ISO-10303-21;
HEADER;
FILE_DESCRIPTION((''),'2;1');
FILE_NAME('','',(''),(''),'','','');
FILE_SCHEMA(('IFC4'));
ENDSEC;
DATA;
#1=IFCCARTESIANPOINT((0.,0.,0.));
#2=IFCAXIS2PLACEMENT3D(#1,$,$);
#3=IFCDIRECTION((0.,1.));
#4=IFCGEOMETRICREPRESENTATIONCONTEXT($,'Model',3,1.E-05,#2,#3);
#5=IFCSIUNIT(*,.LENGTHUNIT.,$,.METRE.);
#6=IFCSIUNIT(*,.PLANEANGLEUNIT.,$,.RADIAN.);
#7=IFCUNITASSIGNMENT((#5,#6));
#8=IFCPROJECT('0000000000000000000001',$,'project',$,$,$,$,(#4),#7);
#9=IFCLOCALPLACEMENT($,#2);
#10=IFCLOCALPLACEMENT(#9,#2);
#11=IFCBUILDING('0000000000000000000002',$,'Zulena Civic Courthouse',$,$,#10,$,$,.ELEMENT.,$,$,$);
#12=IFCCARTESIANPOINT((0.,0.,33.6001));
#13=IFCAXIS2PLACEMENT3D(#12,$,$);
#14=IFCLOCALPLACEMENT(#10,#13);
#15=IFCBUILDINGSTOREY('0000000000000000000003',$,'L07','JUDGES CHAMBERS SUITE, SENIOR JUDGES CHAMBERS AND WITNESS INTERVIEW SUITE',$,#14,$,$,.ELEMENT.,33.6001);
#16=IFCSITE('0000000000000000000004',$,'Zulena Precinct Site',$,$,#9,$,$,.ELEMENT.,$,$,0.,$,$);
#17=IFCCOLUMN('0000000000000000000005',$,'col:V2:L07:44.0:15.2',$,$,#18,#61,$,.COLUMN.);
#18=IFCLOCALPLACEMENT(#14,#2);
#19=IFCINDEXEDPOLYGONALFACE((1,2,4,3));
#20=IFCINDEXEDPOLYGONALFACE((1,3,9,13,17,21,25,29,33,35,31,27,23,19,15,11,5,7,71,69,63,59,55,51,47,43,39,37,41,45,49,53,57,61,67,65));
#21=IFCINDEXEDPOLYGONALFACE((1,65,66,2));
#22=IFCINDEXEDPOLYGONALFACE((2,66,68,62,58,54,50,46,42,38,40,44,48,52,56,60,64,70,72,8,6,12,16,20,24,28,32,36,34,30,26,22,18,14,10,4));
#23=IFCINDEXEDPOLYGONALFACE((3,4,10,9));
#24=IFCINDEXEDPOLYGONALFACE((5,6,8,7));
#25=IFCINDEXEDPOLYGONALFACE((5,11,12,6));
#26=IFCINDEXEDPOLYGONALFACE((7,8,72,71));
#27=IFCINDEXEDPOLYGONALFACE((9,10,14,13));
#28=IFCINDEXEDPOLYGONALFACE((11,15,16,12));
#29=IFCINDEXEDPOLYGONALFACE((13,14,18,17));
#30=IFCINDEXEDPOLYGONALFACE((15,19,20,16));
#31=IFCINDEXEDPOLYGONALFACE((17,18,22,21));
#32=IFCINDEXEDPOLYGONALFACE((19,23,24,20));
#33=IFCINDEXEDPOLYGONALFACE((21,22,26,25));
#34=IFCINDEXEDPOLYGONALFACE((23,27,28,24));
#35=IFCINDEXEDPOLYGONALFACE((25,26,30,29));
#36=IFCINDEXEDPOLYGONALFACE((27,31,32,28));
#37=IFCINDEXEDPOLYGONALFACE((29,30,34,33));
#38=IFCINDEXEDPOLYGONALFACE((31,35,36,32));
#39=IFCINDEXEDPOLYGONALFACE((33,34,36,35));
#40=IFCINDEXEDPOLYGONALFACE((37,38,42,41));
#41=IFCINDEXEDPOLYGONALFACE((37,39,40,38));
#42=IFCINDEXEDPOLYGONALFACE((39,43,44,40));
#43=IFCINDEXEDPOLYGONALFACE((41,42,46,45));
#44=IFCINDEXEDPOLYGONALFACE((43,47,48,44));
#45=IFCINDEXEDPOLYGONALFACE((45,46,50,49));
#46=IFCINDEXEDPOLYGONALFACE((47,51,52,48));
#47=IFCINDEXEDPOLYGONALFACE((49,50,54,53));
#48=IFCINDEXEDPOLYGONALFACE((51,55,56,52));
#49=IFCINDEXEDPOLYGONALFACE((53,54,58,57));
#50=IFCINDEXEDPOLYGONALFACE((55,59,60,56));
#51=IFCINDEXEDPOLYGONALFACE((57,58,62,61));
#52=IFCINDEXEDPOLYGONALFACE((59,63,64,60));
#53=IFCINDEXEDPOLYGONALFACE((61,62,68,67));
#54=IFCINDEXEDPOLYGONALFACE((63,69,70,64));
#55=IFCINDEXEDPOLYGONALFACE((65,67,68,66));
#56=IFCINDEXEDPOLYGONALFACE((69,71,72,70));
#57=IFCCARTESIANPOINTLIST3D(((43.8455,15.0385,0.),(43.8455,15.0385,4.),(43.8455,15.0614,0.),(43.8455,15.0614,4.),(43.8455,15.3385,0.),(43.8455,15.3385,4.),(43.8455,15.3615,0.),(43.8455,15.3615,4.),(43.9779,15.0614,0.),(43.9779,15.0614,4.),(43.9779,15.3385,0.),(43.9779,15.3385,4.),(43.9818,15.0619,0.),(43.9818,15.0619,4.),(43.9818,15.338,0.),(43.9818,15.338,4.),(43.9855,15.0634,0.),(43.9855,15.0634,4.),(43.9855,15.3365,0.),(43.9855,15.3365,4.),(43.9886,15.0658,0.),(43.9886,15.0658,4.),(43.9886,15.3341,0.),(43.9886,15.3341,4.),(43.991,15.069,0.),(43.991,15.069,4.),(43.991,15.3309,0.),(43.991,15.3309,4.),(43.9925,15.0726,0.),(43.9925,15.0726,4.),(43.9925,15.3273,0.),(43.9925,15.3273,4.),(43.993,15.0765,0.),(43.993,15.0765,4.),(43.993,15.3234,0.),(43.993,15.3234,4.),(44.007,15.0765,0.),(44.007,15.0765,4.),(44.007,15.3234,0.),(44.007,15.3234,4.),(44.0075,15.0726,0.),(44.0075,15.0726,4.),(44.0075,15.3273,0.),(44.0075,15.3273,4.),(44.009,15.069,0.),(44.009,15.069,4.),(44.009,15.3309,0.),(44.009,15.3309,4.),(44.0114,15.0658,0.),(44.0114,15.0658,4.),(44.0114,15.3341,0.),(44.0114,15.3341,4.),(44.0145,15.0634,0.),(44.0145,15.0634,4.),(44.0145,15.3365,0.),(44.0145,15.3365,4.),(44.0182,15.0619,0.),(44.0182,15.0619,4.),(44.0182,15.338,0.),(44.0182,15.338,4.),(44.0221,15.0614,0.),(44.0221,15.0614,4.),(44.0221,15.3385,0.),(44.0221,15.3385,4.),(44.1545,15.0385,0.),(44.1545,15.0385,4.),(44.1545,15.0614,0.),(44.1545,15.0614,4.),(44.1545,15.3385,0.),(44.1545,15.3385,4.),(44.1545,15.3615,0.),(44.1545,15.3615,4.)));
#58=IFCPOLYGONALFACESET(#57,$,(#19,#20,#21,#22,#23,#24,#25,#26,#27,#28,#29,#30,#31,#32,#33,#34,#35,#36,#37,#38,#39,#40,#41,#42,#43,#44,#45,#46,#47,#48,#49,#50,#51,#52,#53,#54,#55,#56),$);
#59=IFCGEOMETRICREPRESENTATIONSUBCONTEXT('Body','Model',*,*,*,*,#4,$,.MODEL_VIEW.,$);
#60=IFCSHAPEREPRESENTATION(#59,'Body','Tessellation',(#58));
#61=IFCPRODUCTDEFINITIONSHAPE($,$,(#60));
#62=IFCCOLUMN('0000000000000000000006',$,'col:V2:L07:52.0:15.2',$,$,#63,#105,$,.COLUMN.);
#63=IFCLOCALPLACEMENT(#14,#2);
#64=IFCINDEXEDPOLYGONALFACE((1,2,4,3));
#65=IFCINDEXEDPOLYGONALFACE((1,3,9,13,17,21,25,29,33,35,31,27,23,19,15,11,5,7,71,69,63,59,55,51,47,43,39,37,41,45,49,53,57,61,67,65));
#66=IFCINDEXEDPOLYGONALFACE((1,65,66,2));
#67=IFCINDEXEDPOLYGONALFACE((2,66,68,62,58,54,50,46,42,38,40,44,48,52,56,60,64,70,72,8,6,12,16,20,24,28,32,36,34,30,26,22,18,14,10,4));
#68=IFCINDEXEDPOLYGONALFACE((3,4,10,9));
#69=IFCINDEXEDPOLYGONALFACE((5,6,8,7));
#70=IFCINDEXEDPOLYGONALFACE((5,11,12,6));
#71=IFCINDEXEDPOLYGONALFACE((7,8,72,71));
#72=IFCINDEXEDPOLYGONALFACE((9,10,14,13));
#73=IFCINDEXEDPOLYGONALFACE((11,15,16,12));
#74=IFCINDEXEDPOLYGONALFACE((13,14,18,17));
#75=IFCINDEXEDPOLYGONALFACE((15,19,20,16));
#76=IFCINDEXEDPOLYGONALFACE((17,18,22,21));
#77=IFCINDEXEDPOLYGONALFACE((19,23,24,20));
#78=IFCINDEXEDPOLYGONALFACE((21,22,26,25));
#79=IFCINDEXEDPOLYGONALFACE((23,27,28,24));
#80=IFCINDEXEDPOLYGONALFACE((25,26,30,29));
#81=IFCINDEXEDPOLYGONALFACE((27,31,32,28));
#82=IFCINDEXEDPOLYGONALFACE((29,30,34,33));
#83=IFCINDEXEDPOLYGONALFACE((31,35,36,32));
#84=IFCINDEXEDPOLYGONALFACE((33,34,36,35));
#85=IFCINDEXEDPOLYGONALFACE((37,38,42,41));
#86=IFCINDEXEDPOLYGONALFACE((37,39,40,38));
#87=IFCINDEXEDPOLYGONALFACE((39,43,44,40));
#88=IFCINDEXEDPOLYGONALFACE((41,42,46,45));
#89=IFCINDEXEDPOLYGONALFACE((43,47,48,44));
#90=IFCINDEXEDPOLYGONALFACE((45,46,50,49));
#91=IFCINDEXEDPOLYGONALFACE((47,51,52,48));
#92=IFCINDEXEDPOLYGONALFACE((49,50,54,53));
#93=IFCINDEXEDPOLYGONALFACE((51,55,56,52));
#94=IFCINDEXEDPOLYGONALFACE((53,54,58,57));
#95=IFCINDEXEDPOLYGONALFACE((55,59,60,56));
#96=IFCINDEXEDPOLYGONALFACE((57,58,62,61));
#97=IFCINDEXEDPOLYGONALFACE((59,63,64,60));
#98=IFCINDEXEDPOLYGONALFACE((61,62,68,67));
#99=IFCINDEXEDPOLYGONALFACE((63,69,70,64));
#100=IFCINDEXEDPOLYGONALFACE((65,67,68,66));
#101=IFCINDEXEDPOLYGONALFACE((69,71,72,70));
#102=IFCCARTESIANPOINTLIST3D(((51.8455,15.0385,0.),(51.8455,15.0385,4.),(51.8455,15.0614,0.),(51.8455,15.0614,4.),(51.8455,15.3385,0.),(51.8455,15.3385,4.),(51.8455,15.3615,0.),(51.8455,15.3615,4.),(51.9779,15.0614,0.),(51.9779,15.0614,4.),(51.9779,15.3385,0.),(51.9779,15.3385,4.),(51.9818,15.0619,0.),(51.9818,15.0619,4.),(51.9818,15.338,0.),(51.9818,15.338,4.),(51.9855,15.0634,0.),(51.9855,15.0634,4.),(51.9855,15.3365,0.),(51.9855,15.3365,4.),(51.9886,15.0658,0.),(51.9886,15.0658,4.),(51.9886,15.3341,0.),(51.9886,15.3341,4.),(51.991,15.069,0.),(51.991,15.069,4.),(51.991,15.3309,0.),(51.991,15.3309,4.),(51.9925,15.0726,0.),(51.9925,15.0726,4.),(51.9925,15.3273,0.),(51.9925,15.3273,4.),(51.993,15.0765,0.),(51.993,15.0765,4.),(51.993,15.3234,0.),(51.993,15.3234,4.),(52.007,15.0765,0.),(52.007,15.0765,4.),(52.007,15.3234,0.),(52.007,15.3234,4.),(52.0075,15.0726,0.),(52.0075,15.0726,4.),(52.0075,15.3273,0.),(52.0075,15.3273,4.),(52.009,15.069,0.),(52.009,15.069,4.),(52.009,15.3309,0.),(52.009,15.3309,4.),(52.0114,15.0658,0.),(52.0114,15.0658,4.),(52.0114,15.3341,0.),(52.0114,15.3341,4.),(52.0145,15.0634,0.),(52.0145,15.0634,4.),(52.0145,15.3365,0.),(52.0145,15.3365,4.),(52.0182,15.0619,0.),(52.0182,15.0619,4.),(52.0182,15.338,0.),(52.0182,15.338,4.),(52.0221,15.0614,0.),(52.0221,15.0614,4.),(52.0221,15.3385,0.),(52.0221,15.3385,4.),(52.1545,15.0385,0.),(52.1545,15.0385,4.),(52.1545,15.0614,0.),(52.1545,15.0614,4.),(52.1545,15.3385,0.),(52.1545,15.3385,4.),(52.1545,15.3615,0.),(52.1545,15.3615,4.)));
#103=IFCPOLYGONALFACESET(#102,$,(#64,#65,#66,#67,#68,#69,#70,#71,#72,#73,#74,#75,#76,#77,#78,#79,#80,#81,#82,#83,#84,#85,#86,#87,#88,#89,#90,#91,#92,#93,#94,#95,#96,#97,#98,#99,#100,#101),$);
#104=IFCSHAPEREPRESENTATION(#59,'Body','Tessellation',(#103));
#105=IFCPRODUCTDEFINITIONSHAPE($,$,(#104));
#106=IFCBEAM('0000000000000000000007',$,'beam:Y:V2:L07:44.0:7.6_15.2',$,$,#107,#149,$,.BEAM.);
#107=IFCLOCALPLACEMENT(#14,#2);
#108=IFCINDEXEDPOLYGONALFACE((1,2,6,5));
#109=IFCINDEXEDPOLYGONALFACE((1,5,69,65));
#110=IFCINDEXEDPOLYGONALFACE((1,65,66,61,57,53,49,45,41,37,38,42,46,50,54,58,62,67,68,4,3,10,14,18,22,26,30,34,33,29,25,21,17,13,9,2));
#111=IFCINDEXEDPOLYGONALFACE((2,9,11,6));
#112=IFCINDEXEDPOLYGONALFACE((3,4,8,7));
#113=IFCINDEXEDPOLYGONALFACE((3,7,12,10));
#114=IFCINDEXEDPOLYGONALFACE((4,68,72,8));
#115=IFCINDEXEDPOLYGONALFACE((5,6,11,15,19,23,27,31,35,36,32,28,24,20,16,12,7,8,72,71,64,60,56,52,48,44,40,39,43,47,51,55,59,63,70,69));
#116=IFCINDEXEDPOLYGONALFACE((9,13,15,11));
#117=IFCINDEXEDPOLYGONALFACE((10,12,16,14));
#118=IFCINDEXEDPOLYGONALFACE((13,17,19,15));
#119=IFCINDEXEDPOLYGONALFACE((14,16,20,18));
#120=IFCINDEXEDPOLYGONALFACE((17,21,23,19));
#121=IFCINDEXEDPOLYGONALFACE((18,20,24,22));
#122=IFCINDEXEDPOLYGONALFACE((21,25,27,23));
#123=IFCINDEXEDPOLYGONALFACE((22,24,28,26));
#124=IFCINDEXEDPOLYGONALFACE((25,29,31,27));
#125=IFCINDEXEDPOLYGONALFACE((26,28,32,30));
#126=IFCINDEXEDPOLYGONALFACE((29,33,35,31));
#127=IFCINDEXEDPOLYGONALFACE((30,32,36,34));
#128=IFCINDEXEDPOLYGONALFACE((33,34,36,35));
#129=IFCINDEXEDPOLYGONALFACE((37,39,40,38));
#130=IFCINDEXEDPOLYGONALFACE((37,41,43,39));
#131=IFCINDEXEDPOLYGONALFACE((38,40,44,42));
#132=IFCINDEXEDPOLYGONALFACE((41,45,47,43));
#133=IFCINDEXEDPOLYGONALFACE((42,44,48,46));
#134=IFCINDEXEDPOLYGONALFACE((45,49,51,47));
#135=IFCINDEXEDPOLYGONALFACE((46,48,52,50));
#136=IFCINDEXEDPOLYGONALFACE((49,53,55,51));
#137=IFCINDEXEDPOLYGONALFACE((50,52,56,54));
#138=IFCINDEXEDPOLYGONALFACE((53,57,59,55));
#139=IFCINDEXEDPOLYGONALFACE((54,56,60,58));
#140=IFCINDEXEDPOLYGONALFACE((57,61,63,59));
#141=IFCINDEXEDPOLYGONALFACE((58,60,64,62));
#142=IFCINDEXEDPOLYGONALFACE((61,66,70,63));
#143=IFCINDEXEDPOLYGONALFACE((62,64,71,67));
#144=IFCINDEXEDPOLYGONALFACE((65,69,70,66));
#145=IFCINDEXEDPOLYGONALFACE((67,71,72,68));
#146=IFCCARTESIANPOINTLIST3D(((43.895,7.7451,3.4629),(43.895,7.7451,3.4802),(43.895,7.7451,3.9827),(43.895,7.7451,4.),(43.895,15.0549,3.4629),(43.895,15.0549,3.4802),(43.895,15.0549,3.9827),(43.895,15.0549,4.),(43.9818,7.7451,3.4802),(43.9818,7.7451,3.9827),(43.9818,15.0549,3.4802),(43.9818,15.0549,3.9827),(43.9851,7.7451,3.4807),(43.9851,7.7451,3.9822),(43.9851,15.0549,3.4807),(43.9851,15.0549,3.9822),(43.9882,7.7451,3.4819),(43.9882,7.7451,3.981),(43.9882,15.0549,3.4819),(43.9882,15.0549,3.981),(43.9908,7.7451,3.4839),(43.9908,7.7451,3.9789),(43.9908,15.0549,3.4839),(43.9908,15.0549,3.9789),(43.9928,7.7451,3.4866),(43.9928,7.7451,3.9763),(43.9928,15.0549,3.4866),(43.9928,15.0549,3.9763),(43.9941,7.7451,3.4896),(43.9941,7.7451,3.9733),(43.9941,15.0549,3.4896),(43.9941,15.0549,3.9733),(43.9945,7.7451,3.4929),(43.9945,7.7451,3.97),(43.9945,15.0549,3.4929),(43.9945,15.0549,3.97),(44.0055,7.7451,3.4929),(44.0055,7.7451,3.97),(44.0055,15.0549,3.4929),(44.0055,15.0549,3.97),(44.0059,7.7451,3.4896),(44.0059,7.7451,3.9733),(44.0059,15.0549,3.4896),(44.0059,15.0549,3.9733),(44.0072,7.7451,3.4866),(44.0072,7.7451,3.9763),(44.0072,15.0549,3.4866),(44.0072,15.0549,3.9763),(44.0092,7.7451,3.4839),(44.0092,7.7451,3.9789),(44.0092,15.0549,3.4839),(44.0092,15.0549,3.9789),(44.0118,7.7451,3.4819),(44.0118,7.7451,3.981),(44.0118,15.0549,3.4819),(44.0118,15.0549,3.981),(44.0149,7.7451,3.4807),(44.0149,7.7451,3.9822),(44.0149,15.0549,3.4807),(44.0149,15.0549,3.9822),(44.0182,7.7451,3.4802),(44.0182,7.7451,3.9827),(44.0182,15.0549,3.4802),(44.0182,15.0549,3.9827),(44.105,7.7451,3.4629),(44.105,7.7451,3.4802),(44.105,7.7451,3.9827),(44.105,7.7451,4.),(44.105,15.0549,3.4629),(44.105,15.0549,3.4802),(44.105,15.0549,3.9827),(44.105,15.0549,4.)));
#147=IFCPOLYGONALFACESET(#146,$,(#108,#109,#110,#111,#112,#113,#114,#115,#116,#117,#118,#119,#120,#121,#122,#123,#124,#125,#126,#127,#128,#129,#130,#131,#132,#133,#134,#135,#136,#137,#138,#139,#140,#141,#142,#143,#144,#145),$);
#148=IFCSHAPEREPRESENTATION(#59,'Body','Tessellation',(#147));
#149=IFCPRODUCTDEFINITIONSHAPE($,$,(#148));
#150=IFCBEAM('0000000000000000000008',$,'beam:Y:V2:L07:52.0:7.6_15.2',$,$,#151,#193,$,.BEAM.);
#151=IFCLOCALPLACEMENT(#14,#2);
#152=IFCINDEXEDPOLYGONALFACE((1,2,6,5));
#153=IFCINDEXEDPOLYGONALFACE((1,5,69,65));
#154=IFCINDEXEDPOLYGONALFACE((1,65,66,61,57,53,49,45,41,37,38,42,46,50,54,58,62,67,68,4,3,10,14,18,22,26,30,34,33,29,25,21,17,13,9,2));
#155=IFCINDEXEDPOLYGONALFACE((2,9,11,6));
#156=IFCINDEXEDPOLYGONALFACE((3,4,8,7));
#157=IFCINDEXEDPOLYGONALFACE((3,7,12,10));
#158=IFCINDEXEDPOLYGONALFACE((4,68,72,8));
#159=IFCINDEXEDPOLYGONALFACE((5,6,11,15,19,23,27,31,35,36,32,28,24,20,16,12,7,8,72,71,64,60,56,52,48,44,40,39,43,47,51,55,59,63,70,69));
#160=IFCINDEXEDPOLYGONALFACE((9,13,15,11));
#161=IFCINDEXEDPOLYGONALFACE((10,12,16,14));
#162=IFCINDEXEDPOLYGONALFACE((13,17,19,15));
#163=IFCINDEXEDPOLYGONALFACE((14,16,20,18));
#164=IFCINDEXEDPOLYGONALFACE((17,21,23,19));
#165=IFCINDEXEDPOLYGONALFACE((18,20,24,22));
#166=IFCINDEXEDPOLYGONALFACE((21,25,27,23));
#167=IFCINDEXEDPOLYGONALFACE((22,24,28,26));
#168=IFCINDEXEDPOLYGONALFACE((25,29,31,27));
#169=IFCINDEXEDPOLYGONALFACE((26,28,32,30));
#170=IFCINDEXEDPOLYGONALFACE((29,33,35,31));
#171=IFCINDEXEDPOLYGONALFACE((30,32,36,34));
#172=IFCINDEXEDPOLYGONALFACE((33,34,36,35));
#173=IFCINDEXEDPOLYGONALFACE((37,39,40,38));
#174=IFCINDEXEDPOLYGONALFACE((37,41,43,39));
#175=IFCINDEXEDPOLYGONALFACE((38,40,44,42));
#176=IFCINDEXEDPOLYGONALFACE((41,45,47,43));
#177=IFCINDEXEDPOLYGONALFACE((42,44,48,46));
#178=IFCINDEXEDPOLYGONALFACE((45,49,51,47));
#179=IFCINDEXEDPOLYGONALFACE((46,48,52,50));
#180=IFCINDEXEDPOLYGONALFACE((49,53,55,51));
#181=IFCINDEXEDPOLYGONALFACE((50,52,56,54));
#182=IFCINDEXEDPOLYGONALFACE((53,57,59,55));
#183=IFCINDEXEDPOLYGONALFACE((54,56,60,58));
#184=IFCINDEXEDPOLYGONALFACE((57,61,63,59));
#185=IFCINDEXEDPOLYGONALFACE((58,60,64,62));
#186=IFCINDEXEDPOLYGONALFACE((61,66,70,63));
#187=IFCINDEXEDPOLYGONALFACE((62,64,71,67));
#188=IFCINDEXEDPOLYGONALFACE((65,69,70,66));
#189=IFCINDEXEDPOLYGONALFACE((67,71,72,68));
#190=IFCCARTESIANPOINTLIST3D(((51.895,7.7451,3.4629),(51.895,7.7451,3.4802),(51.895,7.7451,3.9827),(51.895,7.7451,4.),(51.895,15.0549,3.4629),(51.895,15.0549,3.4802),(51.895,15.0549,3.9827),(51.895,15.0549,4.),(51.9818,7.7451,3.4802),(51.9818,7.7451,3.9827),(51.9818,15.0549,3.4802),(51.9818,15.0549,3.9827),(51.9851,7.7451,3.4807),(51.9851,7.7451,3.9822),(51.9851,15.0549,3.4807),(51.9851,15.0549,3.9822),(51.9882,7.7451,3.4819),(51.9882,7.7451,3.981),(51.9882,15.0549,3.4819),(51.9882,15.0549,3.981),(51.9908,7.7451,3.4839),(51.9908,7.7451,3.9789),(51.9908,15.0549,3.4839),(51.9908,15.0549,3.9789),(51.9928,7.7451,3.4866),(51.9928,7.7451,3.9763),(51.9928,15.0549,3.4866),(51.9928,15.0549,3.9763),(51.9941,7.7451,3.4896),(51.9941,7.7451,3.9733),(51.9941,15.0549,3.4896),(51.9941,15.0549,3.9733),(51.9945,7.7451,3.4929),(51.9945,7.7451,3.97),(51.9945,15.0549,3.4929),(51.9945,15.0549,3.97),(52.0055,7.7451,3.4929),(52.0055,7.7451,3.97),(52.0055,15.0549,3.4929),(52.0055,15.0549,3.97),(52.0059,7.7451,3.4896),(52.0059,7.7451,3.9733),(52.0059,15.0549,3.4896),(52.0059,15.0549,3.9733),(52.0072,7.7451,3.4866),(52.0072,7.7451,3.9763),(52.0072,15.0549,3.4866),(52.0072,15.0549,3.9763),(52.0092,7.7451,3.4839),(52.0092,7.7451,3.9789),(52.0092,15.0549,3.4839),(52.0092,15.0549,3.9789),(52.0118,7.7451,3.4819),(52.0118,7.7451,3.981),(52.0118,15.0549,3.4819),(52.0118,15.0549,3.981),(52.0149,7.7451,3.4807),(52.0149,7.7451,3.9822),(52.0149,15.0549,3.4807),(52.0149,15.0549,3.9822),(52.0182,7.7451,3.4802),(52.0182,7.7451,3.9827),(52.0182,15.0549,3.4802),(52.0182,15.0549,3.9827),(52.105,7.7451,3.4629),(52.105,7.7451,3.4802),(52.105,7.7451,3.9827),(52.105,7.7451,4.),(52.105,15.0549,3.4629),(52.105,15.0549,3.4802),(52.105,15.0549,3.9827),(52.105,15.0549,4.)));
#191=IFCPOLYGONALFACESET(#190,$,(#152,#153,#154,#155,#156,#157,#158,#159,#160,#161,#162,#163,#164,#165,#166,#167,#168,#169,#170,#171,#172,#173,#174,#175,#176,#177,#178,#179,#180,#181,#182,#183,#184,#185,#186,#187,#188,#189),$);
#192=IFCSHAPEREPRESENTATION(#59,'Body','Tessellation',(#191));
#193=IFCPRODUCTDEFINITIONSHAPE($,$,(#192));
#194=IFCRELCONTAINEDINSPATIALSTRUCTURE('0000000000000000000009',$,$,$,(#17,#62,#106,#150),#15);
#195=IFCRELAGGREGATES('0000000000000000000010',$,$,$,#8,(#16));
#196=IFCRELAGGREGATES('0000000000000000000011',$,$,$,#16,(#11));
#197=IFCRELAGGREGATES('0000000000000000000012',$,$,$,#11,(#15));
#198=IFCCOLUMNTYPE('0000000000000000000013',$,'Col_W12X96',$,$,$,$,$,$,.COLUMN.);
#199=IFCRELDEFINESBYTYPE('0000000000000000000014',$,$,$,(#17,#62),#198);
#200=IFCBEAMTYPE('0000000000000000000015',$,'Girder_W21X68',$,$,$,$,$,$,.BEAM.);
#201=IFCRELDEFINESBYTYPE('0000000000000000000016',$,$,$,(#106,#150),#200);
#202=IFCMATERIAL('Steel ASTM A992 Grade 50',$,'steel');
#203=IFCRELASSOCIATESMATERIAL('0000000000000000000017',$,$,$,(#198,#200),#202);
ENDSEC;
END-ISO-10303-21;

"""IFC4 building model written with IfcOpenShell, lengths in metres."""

from ifc_helpers import new_model, si_unit, direction, frame, origin, origin_2d, place, context, subcontext, project, spatial, i_section, extrude, material, material_profile, profile_set, type_object, element, save


model = new_model("IFC4")

# Units and contexts
model_context = context("Model", 3, precision=1e-05, world=origin(), true_north=direction((0.0, 1.0)))
body_context = subcontext(model_context, "Body", "Model", "MODEL_VIEW")
ifc_project = project(units=[si_unit("LENGTHUNIT", "METRE"), si_unit("PLANEANGLEUNIT", "RADIAN")], contexts=[model_context])

# Site, building, storey
site_placement = place(None, origin())
site = spatial("IfcSite", under=ifc_project, at=site_placement, Name="Zulena Precinct Site", CompositionType="ELEMENT", RefElevation=0.0)
building_placement = place(site_placement, origin())
building = spatial("IfcBuilding", under=site, at=building_placement, Name="Zulena Civic Courthouse", CompositionType="ELEMENT")
storey_placement = place(building_placement, frame((0.0, 0.0, 33.6001)))
storey = spatial("IfcBuildingStorey", under=building, at=storey_placement, Name="L07", Description="JUDGES CHAMBERS SUITE, SENIOR JUDGES CHAMBERS AND WITNESS INTERVIEW SUITE", CompositionType="ELEMENT", Elevation=33.6001)

# Columns
ifc_material_1 = material(Name="Steel ASTM A992 Grade 50", Category="steel")
ifc_material_profile_1 = material_profile(ifc_material_1, i_section(OverallWidth=0.3091, OverallDepth=0.323, WebThickness=0.0139, FlangeThickness=0.0229, FilletRadius=0.0151, at=origin_2d()), Name="W12X96")
ifc_profile_set_1 = profile_set([ifc_material_profile_1], Name="Steel ASTM A992 Grade 50")
column_type = type_object("IfcColumnType", Name="Col_W12X96", PredefinedType="COLUMN", material=ifc_profile_set_1)
for number, where, z_axis, x_axis, name in (
    (1, (44.0, 15.2, 0.0), (0.0, 0.0, 1.0), (1.0, 0.0, 0.0), "col:V2:L07:44.0:15.2"),
    (2, (52.0, 15.2, 0.0), (0.0, 0.0, 1.0), (1.0, 0.0, 0.0), "col:V2:L07:52.0:15.2"),
):
    element("IfcColumn", number, at=place(storey_placement, frame(where, z_axis=z_axis, x_axis=x_axis)), inside=storey, type_object=column_type, Name=name, PredefinedType="COLUMN", context=body_context, shape_type="SweptSolid", body=[
        extrude(i_section(OverallWidth=0.3091, OverallDepth=0.323, WebThickness=0.0139, FlangeThickness=0.0229, FilletRadius=0.0151, at=origin_2d()), origin(), (0.0, 0.0, 1.0), 4.0),
    ])

# Beams
ifc_material_profile_2 = material_profile(ifc_material_1, i_section(OverallWidth=0.21, OverallDepth=0.5371, WebThickness=0.011, FlangeThickness=0.0173, FilletRadius=0.0127, at=origin_2d()), Name="W21X68")
ifc_profile_set_2 = profile_set([ifc_material_profile_2], Name="Steel ASTM A992 Grade 50")
beam_type_1 = type_object("IfcBeamType", Name="Girder_W21X68", PredefinedType="BEAM", material=ifc_profile_set_2)
for number, where, z_axis, x_axis, name in (
    (3, (44.0, 7.7451, 3.7314), (0.0, 1.0, 0.0), (-1.0, 0.0, 0.0), "beam:Y:V2:L07:44.0:7.6_15.2"),
    (4, (52.0, 7.7451, 3.7314), (0.0, 1.0, 0.0), (-1.0, 0.0, 0.0), "beam:Y:V2:L07:52.0:7.6_15.2"),
):
    element("IfcBeam", number, at=place(storey_placement, frame(where, z_axis=z_axis, x_axis=x_axis)), inside=storey, type_object=beam_type_1, Name=name, PredefinedType="BEAM", context=body_context, shape_type="SweptSolid", body=[
        extrude(i_section(OverallWidth=0.21, OverallDepth=0.5371, WebThickness=0.011, FlangeThickness=0.0173, FilletRadius=0.0127, at=origin_2d()), origin(), (0.0, 0.0, 1.0), 7.3098),
    ])

save(model, "model.ifc")
